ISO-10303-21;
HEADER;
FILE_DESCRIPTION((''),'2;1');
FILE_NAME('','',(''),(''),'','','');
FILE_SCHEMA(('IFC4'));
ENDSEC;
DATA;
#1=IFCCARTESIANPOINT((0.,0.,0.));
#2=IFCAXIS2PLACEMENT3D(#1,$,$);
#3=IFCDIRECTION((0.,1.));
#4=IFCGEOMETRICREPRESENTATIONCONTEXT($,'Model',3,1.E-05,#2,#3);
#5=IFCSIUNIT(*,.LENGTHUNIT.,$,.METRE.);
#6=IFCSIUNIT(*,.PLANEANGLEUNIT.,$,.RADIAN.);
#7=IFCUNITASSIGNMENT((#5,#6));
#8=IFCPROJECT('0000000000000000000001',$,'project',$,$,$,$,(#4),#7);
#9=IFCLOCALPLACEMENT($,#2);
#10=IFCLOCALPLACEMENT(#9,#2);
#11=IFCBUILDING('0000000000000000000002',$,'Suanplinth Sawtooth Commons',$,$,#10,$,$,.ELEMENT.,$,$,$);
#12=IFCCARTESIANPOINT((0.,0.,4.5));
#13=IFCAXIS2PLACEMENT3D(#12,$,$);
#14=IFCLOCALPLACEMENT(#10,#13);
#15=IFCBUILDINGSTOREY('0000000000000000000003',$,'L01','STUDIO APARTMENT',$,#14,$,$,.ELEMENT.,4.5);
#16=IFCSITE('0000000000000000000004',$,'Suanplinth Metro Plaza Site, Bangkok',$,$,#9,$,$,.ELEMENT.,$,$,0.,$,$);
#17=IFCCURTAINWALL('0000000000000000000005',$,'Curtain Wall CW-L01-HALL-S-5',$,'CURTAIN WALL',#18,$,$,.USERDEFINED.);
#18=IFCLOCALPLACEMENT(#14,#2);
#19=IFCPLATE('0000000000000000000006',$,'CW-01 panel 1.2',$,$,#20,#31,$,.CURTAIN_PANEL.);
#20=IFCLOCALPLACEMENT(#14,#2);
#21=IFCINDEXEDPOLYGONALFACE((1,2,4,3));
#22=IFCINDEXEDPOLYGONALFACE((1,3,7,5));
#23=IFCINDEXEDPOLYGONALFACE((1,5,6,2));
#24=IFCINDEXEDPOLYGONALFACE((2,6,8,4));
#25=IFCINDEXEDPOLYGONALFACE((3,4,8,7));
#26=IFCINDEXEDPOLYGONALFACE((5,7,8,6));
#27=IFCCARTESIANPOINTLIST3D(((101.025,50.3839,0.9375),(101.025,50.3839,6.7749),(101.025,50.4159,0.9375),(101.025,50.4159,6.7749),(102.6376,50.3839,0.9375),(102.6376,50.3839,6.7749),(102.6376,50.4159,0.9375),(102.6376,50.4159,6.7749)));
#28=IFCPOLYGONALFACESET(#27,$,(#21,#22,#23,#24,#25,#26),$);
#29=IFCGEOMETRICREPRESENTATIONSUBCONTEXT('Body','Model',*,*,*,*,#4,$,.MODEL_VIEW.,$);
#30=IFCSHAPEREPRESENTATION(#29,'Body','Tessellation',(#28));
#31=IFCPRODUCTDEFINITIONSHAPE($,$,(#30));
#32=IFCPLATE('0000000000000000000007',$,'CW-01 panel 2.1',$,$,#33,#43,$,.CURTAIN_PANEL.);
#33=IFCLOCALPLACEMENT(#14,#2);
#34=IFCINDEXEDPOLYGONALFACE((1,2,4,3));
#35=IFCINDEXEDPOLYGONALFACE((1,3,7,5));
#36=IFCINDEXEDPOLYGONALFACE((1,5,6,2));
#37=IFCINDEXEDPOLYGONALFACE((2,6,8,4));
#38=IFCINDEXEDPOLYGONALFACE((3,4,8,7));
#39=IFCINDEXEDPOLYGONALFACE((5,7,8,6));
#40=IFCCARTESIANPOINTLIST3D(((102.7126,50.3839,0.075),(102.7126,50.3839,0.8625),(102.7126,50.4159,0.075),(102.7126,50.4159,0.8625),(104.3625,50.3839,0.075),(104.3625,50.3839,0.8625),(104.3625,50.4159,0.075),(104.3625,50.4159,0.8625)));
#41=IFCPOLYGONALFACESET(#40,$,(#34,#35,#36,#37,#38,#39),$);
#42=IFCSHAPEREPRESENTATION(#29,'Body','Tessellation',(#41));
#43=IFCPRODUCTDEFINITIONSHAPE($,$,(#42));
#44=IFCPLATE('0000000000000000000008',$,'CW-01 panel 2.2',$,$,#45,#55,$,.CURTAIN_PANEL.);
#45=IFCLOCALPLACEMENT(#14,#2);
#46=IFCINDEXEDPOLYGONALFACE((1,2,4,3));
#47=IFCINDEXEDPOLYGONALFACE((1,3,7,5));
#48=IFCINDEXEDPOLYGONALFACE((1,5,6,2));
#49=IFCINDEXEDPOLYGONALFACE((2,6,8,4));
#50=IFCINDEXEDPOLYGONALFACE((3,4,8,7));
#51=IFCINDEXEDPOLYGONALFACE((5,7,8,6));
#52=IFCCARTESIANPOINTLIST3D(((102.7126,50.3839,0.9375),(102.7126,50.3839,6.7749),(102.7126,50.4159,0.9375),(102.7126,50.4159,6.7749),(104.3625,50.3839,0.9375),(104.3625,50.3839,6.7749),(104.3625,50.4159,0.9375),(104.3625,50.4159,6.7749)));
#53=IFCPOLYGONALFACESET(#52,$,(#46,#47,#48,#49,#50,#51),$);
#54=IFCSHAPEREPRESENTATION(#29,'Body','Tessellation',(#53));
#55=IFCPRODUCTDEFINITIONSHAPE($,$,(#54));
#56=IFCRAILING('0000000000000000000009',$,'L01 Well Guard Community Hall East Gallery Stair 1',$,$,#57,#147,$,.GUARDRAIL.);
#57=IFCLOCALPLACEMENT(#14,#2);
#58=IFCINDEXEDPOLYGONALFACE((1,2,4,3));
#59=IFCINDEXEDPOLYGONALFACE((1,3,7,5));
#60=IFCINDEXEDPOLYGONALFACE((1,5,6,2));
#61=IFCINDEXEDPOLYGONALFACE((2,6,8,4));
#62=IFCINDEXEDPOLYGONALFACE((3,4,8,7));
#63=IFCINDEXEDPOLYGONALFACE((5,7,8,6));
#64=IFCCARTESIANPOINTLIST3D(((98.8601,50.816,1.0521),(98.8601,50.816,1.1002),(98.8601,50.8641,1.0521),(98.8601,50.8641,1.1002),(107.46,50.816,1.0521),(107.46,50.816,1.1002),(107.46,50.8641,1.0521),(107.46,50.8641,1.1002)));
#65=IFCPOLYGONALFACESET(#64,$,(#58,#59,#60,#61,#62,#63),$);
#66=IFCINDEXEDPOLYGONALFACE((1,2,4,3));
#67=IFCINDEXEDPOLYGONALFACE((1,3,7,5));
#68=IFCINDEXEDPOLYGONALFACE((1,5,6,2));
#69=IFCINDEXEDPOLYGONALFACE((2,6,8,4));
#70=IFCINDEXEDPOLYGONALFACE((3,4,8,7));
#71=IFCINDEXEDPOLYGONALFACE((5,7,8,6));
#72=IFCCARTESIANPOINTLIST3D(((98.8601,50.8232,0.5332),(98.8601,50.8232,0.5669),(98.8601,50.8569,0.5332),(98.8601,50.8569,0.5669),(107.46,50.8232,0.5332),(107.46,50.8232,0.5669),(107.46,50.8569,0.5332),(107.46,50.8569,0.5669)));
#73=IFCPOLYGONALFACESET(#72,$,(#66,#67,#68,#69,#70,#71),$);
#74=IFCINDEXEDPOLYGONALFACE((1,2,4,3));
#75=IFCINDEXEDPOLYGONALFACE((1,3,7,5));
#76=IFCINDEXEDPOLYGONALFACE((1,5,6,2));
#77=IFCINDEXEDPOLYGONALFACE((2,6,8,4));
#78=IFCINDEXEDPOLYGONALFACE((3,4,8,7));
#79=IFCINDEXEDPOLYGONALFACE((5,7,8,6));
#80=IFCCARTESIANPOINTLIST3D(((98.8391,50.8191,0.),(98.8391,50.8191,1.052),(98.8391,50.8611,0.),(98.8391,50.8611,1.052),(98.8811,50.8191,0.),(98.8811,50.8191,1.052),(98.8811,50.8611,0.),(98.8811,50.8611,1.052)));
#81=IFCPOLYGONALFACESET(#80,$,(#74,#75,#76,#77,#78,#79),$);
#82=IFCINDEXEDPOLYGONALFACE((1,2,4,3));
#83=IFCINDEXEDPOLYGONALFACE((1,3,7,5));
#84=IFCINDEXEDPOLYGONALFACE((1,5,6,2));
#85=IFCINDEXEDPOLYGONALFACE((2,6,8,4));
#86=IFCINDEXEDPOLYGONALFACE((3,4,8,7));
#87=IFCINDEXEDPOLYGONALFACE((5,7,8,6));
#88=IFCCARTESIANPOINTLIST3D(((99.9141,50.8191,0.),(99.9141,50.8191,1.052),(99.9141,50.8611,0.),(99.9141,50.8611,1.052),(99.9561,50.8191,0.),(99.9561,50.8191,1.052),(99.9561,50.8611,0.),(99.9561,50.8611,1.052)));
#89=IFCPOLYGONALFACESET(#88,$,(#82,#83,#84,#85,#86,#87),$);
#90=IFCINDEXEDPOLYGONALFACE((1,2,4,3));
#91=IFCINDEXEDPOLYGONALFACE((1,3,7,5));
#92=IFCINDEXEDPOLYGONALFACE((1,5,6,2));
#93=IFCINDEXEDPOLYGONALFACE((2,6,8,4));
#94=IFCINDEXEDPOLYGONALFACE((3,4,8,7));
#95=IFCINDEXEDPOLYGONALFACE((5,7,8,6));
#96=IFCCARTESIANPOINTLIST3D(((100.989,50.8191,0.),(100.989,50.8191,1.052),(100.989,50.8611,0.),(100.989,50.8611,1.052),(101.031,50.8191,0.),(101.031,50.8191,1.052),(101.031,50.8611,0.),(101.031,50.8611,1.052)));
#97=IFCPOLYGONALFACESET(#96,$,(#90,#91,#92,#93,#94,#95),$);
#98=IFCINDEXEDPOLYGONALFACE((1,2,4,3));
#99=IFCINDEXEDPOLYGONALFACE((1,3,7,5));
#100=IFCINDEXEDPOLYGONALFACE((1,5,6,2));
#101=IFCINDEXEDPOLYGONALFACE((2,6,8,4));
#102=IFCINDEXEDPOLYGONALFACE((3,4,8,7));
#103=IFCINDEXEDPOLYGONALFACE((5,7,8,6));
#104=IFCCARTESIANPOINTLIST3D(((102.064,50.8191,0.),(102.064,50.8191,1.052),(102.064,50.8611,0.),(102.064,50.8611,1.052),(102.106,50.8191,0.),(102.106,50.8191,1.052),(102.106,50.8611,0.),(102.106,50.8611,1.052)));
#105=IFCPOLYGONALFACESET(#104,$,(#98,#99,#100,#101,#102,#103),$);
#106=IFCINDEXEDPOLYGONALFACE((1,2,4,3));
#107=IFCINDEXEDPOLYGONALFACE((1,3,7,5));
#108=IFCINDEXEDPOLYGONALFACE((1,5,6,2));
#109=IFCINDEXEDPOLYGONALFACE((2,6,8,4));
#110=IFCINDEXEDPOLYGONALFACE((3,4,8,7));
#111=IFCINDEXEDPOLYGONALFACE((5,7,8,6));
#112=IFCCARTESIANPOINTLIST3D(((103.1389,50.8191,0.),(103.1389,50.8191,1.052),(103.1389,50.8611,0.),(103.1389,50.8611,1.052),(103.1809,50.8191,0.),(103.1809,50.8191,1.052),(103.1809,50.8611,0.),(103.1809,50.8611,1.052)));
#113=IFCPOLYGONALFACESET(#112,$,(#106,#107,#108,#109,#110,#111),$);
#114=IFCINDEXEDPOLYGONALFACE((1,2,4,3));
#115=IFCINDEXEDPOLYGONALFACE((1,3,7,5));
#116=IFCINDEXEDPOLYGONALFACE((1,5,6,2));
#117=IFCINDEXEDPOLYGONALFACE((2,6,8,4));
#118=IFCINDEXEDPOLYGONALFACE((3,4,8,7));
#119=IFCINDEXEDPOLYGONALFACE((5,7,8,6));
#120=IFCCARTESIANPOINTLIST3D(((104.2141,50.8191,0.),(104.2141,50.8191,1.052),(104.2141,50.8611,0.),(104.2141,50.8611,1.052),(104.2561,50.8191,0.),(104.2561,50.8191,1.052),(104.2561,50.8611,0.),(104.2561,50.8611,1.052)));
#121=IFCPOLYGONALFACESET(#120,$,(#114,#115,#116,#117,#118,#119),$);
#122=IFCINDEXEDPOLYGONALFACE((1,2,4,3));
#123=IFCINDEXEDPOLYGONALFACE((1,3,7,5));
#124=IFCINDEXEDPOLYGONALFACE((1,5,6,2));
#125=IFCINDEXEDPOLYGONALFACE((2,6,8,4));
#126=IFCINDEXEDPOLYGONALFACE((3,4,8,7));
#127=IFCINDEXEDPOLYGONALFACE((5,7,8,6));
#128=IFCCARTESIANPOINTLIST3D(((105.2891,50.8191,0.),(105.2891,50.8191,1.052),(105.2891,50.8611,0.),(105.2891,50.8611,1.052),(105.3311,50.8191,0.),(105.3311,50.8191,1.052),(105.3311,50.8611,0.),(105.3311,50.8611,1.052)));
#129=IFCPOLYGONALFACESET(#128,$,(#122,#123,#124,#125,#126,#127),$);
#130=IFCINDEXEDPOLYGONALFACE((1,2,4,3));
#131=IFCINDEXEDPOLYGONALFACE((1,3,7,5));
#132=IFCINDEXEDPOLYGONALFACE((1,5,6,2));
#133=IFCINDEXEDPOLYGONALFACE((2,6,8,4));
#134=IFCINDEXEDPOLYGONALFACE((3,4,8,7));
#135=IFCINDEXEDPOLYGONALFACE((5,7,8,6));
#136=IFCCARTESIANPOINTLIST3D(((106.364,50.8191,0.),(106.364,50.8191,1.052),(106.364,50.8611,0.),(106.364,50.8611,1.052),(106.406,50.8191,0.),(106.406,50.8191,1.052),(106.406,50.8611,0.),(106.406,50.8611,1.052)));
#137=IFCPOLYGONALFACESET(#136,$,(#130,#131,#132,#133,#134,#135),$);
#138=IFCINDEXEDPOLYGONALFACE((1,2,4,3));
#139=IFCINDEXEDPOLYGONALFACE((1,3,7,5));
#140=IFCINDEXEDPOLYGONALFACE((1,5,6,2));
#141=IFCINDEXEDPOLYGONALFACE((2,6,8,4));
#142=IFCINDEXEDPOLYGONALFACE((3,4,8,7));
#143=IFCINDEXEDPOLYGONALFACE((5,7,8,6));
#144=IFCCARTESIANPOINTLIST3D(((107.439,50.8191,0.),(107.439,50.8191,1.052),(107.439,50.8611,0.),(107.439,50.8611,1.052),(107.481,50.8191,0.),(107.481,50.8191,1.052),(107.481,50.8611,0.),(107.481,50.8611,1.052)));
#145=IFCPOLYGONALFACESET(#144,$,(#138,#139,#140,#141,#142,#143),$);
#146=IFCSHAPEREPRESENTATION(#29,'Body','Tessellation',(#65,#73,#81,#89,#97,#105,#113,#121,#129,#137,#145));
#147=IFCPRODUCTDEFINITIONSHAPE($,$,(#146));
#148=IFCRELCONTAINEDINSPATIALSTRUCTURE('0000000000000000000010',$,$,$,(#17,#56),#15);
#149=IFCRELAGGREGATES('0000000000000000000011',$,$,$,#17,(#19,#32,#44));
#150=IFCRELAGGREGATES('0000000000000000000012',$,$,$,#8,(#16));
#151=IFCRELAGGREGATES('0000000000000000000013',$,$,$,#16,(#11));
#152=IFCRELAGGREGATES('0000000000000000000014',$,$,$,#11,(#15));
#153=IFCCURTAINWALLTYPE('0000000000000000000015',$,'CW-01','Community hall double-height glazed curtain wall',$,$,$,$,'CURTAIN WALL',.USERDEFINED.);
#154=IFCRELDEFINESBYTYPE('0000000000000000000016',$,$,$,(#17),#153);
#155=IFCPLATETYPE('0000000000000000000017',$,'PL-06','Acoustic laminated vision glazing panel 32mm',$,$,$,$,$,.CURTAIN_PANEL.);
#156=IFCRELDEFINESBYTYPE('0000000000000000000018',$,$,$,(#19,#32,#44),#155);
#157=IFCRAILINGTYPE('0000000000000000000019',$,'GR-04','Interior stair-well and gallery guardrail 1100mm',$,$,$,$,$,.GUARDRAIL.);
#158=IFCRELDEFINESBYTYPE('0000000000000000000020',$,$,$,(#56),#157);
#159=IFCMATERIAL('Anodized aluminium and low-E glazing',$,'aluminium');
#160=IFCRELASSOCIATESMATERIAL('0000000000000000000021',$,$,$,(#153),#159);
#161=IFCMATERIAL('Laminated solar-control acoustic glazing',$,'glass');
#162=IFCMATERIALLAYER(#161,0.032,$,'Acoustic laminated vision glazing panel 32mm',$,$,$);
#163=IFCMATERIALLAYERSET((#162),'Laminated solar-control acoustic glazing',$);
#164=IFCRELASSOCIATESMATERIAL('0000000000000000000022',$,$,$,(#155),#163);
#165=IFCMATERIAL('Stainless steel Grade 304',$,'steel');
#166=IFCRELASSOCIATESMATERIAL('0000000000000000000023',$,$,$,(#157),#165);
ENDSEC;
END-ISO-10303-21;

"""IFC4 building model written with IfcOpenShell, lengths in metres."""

from ifc_helpers import new_model, si_unit, direction, frame, origin, origin_2d, place, context, subcontext, project, spatial, rectangle, extrude, material, layer, layer_set, type_object, element, aggregate, save


model = new_model("IFC4")

# Units and contexts
model_context = context("Model", 3, precision=1e-05, world=origin(), true_north=direction((0.0, 1.0)))
body_context = subcontext(model_context, "Body", "Model", "MODEL_VIEW")
ifc_project = project(units=[si_unit("LENGTHUNIT", "METRE"), si_unit("PLANEANGLEUNIT", "RADIAN")], contexts=[model_context])

# Site, building, storey
site_placement = place(None, origin())
site = spatial("IfcSite", under=ifc_project, at=site_placement, Name="Suanplinth Metro Plaza Site, Bangkok", CompositionType="ELEMENT", RefElevation=0.0)
building_placement = place(site_placement, origin())
building = spatial("IfcBuilding", under=site, at=building_placement, Name="Suanplinth Sawtooth Commons", CompositionType="ELEMENT")
storey_placement = place(building_placement, frame((0.0, 0.0, 4.5)))
storey = spatial("IfcBuildingStorey", under=building, at=storey_placement, Name="L01", Description="STUDIO APARTMENT", CompositionType="ELEMENT", Elevation=4.5)

# Curtain wall
ifc_material_1 = material(Name="Anodized aluminium and low-E glazing", Category="aluminium")
curtain_wall_type = type_object("IfcCurtainWallType", Name="CW-01", Description="Community hall double-height glazed curtain wall", ElementType="CURTAIN WALL", PredefinedType="USERDEFINED", material=ifc_material_1)
curtain_wall_1_placement = place(storey_placement, origin())
curtain_wall_1 = element("IfcCurtainWall", 1, at=curtain_wall_1_placement, inside=storey, type_object=curtain_wall_type, Name="Curtain Wall CW-L01-HALL-S-5", ObjectType="CURTAIN WALL", PredefinedType="USERDEFINED")

# Plates
ifc_material_2 = material(Name="Laminated solar-control acoustic glazing", Category="glass")
ifc_layer = layer(ifc_material_2, 0.032, Name="Acoustic laminated vision glazing panel 32mm")
ifc_layer_set = layer_set([ifc_layer], Name="Laminated solar-control acoustic glazing")
plate_type = type_object("IfcPlateType", Name="PL-06", Description="Acoustic laminated vision glazing panel 32mm", PredefinedType="CURTAIN_PANEL", material=ifc_layer_set)
plate_1_placement = place(storey_placement, frame((101.8313, 50.3999, 0.9375), z_axis=(0.0, 0.0, 1.0), x_axis=(1.0, 0.0, 0.0)))
plate_1 = element("IfcPlate", 2, at=plate_1_placement, type_object=plate_type, Name="CW-01 panel 1.2", PredefinedType="CURTAIN_PANEL", context=body_context, shape_type="SweptSolid", body=[
    extrude(rectangle(XDim=1.6125, YDim=0.032, at=origin_2d()), origin(), (0.0, 0.0, 1.0), 5.8374),
])
plate_2_placement = place(storey_placement, frame((103.5376, 50.3999, 0.075), z_axis=(0.0, 0.0, 1.0), x_axis=(1.0, 0.0, 0.0)))
plate_2 = element("IfcPlate", 3, at=plate_2_placement, type_object=plate_type, Name="CW-01 panel 2.1", PredefinedType="CURTAIN_PANEL", context=body_context, shape_type="SweptSolid", body=[
    extrude(rectangle(XDim=1.6499, YDim=0.032, at=origin_2d()), origin(), (0.0, 0.0, 1.0), 0.7876),
])
plate_3_placement = place(storey_placement, frame((103.5376, 50.3999, 0.9375), z_axis=(0.0, 0.0, 1.0), x_axis=(1.0, 0.0, 0.0)))
plate_3 = element("IfcPlate", 4, at=plate_3_placement, type_object=plate_type, Name="CW-01 panel 2.2", PredefinedType="CURTAIN_PANEL", context=body_context, shape_type="SweptSolid", body=[
    extrude(rectangle(XDim=1.6499, YDim=0.032, at=origin_2d()), origin(), (0.0, 0.0, 1.0), 5.8374),
])
aggregate(curtain_wall_1, [plate_1, plate_2, plate_3])

# Railing
ifc_material_3 = material(Name="Stainless steel Grade 304", Category="steel")
railing_type = type_object("IfcRailingType", Name="GR-04", Description="Interior stair-well and gallery guardrail 1100mm", PredefinedType="GUARDRAIL", material=ifc_material_3)
railing_placement = place(storey_placement, frame((98.8601, 50.8401, 0.0)))
element("IfcRailing", 5, at=railing_placement, inside=storey, type_object=railing_type, Name="L01 Well Guard Community Hall East Gallery Stair 1", PredefinedType="GUARDRAIL", context=body_context, shape_type="SweptSolid", body=[
    extrude(rectangle(XDim=0.0481, YDim=0.0481, at=origin_2d()), frame((0.0, 0.0, 1.0762), z_axis=(1.0, 0.0, 0.0), x_axis=(0.0, 1.0, 0.0)), (0.0, 0.0, 1.0), 8.5999),
    extrude(rectangle(XDim=0.0337, YDim=0.0337, at=origin_2d()), frame((0.0, 0.0, 0.55), z_axis=(1.0, 0.0, 0.0), x_axis=(0.0, 1.0, 0.0)), (0.0, 0.0, 1.0), 8.5999),
    extrude(rectangle(XDim=0.042, YDim=0.042, at=origin_2d()), origin(), (0.0, 0.0, 1.0), 1.052),
    extrude(rectangle(XDim=0.042, YDim=0.042, at=origin_2d()), frame((1.075, 0.0, 0.0)), (0.0, 0.0, 1.0), 1.052),
    extrude(rectangle(XDim=0.042, YDim=0.042, at=origin_2d()), frame((2.1499, 0.0, 0.0)), (0.0, 0.0, 1.0), 1.052),
    extrude(rectangle(XDim=0.042, YDim=0.042, at=origin_2d()), frame((3.2249, 0.0, 0.0)), (0.0, 0.0, 1.0), 1.052),
    extrude(rectangle(XDim=0.042, YDim=0.042, at=origin_2d()), frame((4.2998, 0.0, 0.0)), (0.0, 0.0, 1.0), 1.052),
    extrude(rectangle(XDim=0.042, YDim=0.042, at=origin_2d()), frame((5.375, 0.0, 0.0)), (0.0, 0.0, 1.0), 1.052),
    extrude(rectangle(XDim=0.042, YDim=0.042, at=origin_2d()), frame((6.45, 0.0, 0.0)), (0.0, 0.0, 1.0), 1.052),
    extrude(rectangle(XDim=0.042, YDim=0.042, at=origin_2d()), frame((7.5249, 0.0, 0.0)), (0.0, 0.0, 1.0), 1.052),
    extrude(rectangle(XDim=0.042, YDim=0.042, at=origin_2d()), frame((8.5999, 0.0, 0.0)), (0.0, 0.0, 1.0), 1.052),
])

save(model, "model.ifc")
